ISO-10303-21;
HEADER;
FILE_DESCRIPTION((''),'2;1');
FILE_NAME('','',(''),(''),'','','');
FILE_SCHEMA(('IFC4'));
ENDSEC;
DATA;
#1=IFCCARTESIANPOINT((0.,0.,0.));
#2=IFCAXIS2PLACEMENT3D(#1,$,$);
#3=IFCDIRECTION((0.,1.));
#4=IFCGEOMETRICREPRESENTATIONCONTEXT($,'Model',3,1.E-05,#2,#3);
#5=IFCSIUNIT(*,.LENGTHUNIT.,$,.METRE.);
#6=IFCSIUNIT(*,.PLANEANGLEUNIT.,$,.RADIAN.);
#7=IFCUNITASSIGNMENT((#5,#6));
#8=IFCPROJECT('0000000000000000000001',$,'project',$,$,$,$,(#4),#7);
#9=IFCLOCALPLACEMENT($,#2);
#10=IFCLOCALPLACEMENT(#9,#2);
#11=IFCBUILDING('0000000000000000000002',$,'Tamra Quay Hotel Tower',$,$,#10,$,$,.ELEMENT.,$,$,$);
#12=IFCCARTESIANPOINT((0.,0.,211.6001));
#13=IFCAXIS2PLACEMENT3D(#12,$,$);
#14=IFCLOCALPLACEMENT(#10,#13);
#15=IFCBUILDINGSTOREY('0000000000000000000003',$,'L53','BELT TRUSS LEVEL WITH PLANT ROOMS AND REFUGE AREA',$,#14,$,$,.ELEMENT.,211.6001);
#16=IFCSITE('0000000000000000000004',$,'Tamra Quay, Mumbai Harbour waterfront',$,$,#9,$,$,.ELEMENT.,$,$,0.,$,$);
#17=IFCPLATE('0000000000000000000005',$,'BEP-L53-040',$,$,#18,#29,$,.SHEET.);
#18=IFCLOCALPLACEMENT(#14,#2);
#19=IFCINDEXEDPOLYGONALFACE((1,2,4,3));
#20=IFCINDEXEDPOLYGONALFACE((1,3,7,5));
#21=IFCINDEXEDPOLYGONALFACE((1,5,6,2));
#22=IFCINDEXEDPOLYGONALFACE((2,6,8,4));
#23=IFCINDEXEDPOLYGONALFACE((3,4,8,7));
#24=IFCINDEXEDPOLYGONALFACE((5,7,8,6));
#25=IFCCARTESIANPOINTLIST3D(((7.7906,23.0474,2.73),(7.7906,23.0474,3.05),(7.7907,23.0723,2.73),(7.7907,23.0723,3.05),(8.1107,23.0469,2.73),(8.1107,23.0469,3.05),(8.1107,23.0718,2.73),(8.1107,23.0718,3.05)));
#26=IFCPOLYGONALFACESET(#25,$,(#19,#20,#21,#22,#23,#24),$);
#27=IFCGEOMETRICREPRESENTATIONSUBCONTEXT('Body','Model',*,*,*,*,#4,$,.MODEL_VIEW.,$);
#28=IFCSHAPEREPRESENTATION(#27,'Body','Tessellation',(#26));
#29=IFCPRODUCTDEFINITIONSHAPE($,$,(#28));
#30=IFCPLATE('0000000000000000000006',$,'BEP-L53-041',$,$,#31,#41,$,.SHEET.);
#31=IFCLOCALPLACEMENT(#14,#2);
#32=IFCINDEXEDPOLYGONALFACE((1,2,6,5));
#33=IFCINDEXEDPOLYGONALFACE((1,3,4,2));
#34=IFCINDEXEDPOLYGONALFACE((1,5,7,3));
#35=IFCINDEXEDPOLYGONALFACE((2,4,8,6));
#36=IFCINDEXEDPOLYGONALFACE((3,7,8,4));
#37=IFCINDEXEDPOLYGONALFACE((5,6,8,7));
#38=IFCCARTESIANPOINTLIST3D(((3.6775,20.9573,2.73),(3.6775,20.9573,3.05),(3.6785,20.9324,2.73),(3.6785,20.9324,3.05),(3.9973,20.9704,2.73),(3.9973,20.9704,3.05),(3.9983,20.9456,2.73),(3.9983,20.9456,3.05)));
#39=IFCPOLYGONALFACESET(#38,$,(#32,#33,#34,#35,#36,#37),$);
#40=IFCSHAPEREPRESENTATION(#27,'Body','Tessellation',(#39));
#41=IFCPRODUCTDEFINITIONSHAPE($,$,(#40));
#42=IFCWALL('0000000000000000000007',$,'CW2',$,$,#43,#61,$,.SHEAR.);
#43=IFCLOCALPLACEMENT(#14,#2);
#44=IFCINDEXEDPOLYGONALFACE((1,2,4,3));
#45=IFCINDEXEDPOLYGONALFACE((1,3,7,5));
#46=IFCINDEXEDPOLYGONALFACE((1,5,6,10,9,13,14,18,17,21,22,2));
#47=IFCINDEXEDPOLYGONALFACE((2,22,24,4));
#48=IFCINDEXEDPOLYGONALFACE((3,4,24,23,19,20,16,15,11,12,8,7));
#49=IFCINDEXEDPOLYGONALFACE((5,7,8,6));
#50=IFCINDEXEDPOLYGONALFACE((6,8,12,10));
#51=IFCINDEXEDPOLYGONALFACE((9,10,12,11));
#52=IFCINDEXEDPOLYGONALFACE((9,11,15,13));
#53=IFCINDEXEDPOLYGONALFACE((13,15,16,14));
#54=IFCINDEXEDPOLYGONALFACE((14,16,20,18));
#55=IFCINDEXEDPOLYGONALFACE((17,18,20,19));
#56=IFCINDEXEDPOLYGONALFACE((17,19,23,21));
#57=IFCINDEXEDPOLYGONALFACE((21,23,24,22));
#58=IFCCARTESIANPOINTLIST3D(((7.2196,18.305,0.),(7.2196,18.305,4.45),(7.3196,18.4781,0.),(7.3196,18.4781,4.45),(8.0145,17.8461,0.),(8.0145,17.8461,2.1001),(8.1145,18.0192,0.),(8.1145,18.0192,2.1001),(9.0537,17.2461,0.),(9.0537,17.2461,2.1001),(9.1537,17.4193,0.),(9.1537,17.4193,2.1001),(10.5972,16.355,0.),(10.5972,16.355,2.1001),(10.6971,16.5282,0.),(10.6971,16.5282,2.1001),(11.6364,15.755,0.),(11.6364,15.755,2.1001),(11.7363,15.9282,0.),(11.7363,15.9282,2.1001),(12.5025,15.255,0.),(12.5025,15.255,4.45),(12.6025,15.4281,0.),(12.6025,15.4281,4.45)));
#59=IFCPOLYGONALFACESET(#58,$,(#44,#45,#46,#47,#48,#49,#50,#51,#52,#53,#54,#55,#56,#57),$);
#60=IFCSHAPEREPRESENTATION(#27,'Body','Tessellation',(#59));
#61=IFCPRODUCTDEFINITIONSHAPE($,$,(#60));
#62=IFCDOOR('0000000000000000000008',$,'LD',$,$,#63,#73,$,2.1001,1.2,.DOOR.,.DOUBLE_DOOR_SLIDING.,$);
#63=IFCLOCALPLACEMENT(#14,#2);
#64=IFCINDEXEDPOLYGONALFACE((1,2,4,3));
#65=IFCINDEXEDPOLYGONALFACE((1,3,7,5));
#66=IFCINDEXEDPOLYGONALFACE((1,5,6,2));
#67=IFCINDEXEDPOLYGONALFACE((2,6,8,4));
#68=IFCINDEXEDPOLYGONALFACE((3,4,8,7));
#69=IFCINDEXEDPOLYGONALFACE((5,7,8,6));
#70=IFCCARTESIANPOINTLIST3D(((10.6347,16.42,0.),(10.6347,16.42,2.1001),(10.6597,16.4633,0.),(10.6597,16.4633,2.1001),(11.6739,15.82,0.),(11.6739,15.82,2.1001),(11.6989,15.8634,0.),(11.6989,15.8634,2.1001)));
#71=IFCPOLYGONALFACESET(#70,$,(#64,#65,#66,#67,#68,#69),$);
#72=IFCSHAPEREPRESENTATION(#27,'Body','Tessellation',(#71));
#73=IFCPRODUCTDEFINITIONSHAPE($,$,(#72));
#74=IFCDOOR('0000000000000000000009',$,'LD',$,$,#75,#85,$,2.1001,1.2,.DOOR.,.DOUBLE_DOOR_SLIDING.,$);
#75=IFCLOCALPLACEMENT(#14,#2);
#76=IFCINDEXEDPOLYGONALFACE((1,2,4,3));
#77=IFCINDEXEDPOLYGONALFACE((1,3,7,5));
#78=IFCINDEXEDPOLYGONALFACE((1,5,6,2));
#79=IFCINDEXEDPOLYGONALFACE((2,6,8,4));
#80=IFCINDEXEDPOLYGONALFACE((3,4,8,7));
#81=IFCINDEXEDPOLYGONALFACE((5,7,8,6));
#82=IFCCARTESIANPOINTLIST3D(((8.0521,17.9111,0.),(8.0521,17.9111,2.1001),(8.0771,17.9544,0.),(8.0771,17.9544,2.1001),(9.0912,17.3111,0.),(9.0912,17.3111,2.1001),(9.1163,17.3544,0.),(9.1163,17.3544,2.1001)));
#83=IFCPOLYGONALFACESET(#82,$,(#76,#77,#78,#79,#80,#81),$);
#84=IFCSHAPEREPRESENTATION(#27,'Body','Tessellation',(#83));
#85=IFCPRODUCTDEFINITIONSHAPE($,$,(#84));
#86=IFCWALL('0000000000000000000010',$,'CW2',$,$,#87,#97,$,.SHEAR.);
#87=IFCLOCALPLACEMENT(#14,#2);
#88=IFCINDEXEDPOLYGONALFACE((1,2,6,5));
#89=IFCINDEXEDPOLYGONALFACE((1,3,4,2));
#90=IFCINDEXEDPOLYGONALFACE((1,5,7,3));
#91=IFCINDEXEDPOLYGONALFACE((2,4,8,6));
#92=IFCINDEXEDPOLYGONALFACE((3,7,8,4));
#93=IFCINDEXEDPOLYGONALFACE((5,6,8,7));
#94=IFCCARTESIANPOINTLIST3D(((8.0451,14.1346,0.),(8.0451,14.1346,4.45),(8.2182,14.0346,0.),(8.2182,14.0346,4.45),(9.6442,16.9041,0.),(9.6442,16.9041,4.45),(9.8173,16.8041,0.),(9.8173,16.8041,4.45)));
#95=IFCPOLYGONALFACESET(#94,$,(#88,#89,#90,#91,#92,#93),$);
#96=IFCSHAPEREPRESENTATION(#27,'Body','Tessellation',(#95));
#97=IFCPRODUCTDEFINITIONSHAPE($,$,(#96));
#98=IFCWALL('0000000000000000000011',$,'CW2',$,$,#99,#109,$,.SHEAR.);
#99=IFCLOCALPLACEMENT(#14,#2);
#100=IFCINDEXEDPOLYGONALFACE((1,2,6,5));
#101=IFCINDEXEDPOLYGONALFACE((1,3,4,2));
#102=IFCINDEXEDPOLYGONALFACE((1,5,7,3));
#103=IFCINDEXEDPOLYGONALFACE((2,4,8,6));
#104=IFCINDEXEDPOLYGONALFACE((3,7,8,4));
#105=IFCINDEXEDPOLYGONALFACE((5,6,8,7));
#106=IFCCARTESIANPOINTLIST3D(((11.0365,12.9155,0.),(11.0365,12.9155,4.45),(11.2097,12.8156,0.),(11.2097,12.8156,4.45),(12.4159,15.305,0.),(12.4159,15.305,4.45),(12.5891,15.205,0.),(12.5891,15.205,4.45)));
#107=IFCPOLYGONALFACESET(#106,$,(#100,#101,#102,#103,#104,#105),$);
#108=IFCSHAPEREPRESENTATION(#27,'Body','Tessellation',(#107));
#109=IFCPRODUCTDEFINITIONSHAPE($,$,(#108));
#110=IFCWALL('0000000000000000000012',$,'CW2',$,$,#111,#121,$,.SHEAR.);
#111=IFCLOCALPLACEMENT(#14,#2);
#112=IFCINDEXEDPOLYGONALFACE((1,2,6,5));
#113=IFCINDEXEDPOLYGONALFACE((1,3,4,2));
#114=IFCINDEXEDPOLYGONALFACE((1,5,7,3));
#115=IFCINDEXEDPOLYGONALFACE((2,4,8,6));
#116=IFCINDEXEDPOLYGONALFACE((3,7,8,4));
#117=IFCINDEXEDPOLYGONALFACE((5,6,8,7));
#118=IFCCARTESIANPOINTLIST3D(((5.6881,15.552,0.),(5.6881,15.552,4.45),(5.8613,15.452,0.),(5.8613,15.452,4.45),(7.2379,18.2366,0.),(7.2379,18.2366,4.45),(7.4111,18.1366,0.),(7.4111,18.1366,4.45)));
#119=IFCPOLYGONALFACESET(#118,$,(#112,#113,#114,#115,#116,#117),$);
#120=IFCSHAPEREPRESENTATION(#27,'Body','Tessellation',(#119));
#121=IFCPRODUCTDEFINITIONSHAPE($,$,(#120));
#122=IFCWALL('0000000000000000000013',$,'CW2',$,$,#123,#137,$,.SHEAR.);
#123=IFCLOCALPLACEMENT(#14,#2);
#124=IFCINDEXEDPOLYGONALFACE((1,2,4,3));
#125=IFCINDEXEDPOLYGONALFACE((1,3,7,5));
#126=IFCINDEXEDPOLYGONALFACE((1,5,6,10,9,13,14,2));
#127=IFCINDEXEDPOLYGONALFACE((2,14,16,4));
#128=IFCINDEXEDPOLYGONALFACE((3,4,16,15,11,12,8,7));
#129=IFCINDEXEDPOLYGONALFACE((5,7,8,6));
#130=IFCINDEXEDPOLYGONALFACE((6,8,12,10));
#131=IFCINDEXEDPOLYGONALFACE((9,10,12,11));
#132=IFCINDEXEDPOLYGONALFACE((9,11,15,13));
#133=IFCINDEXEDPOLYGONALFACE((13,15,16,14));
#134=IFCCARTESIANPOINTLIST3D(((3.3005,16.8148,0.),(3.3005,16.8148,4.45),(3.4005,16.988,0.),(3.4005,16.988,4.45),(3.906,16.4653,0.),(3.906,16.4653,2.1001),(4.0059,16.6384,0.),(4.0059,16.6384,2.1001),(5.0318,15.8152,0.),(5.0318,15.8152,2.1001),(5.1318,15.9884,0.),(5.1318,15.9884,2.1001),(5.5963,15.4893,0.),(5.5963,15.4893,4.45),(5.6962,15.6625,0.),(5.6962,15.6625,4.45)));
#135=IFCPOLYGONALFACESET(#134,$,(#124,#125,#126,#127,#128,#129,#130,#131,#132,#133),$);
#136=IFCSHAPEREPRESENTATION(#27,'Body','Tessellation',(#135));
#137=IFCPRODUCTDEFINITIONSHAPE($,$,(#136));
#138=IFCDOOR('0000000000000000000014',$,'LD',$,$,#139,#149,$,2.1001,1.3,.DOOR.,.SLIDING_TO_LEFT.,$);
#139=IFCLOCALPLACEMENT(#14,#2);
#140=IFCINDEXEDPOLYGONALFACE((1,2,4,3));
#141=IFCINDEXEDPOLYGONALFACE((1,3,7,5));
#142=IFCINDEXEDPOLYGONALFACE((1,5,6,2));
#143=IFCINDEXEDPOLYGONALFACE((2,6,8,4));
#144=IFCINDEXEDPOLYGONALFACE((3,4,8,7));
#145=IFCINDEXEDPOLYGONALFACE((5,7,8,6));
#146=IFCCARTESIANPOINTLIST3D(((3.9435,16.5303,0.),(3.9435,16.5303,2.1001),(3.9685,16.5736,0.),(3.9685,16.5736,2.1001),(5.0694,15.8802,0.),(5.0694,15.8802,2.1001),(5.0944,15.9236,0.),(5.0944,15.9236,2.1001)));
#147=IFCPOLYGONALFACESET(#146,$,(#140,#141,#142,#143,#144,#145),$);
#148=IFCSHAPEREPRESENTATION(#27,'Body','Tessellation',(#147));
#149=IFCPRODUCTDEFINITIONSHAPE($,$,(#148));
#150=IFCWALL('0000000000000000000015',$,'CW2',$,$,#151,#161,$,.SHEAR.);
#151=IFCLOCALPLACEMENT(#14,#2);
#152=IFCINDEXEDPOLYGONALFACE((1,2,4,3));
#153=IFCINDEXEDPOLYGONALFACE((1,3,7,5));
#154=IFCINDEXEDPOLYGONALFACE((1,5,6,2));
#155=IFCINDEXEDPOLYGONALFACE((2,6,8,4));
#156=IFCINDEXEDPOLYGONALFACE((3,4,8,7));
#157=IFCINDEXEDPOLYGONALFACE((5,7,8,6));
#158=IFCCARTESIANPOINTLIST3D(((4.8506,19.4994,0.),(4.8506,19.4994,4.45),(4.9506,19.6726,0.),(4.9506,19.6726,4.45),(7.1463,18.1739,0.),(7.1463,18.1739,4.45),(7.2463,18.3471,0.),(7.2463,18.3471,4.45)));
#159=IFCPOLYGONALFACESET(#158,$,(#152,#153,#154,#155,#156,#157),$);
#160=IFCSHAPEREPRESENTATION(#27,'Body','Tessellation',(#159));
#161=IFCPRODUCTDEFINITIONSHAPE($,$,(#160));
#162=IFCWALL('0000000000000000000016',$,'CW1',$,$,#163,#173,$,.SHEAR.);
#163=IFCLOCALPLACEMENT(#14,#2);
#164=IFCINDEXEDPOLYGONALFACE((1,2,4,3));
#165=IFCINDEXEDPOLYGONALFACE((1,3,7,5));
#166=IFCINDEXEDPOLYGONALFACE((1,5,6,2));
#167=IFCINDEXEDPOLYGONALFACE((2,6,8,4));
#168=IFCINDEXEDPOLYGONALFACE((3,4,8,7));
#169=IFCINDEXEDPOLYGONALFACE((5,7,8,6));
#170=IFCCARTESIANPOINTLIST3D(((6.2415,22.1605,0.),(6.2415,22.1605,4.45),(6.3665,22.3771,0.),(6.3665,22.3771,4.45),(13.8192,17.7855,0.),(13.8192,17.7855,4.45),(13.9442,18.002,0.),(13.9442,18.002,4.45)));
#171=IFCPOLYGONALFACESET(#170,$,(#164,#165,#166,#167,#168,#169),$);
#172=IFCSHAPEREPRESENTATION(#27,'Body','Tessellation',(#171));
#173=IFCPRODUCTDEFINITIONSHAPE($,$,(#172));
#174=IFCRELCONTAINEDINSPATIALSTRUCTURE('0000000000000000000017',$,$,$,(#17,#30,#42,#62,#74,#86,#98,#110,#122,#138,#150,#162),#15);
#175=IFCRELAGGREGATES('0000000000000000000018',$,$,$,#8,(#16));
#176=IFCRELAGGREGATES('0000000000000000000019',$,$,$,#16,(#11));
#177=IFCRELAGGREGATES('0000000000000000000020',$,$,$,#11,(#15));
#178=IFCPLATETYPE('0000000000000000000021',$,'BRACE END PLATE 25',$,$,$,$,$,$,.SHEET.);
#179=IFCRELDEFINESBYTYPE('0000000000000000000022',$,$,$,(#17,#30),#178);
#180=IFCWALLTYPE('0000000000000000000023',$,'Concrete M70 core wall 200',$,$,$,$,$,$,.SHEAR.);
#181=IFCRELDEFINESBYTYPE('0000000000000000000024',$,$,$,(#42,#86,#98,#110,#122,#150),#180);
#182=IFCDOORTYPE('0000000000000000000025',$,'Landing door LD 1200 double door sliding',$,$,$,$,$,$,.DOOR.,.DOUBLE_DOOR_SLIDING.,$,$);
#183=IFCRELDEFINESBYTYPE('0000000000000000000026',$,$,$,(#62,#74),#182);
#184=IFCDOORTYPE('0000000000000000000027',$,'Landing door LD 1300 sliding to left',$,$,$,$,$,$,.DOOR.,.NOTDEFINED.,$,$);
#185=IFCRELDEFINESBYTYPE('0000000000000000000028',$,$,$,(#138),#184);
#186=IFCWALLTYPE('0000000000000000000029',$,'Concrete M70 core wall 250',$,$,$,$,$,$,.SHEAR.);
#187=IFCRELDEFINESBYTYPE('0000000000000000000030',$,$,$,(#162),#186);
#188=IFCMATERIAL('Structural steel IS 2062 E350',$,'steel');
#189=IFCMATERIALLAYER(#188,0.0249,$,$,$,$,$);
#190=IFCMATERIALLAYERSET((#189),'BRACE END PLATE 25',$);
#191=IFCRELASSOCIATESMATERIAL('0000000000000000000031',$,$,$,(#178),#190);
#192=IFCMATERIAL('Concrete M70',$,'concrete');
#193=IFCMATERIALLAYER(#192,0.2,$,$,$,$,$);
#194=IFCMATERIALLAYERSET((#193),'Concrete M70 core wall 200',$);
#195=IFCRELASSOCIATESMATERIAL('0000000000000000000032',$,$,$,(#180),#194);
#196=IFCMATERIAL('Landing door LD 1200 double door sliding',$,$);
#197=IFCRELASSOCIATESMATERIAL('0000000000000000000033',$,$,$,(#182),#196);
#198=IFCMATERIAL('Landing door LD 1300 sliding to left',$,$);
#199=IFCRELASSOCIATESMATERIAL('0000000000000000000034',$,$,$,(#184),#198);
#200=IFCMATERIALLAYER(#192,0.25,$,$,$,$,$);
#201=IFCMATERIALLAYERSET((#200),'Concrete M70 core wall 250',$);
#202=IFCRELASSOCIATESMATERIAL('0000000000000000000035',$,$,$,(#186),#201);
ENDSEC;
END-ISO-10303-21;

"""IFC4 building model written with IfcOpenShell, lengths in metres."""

from ifc_helpers import new_model, si_unit, direction, frame, frame_2d, origin, origin_2d, place, context, subcontext, project, spatial, rectangle, extrude, material, layer, layer_set, type_object, element, fill, save


model = new_model("IFC4")

# Units and contexts
model_context = context("Model", 3, precision=1e-05, world=origin(), true_north=direction((0.0, 1.0)))
body_context = subcontext(model_context, "Body", "Model", "MODEL_VIEW")
ifc_project = project(units=[si_unit("LENGTHUNIT", "METRE"), si_unit("PLANEANGLEUNIT", "RADIAN")], contexts=[model_context])

# Site, building, storey
site_placement = place(None, origin())
site = spatial("IfcSite", under=ifc_project, at=site_placement, Name="Tamra Quay, Mumbai Harbour waterfront", CompositionType="ELEMENT", RefElevation=0.0)
building_placement = place(site_placement, origin())
building = spatial("IfcBuilding", under=site, at=building_placement, Name="Tamra Quay Hotel Tower", CompositionType="ELEMENT")
storey_placement = place(building_placement, frame((0.0, 0.0, 211.6001)))
storey = spatial("IfcBuildingStorey", under=building, at=storey_placement, Name="L53", Description="BELT TRUSS LEVEL WITH PLANT ROOMS AND REFUGE AREA", CompositionType="ELEMENT", Elevation=211.6001)

# Shared definitions
ifc_material_1 = material(Name="Structural steel IS 2062 E350", Category="steel")

# Plates
ifc_layer_1 = layer(ifc_material_1, 0.0249)
ifc_layer_set_1 = layer_set([ifc_layer_1], Name="BRACE END PLATE 25")
plate_type = type_object("IfcPlateType", Name="BRACE END PLATE 25", PredefinedType="SHEET", material=ifc_layer_set_1)
for number, where, z_axis, x_axis, name in (
    (1, (7.9507, 23.0596, 2.73), (0.0, 0.0, 1.0), (0.001497, 0.999999, 0.0), "BEP-L53-040"),
    (2, (3.8379, 20.9514, 2.73), (0.0, 0.0, 1.0), (-0.04115, 0.999153, 0.0), "BEP-L53-041"),
):
    element("IfcPlate", number, at=place(storey_placement, frame(where, z_axis=z_axis, x_axis=x_axis)), inside=storey, type_object=plate_type, Name=name, PredefinedType="SHEET", context=body_context, shape_type="SweptSolid", body=[
        extrude(rectangle(XDim=0.0249, YDim=0.3201, at=origin_2d()), origin(), (0.0, 0.0, 1.0), 0.3201),
    ])

# Wall, openings, doors
ifc_material_2 = material(Name="Concrete M70", Category="concrete")
ifc_layer_2 = layer(ifc_material_2, 0.2)
ifc_layer_set_2 = layer_set([ifc_layer_2], Name="Concrete M70 core wall 200")
wall_type_1 = type_object("IfcWallType", Name="Concrete M70 core wall 200", PredefinedType="SHEAR", material=ifc_layer_set_2)
wall_1_placement = place(storey_placement, frame((12.5525, 15.3416, 0.0), z_axis=(0.0, 0.0, 1.0), x_axis=(-0.86603, 0.499992, 0.0)))
wall_1 = element("IfcWall", 3, at=wall_1_placement, inside=storey, type_object=wall_type_1, Name="CW2", PredefinedType="SHEAR", context=body_context, shape_type="SweptSolid", body=[
    extrude(rectangle(XDim=6.1001, YDim=0.2, at=frame_2d((3.05, 0.0))), origin(), (0.0, 0.0, 1.0), 4.45),
])
opening_1_placement = place(wall_1_placement, frame((1.0, 0.0, 0.0)))
opening_1 = element("IfcOpeningElement", 4, at=opening_1_placement, cuts=wall_1, PredefinedType="OPENING", context=body_context, shape_type="SweptSolid", body=[
    extrude(rectangle(XDim=1.2, YDim=2.1001, at=frame_2d((0.6001, 1.05))), frame((0.0, 0.1099, 0.0), z_axis=(0.0, -1.0, 0.0), x_axis=(1.0, 0.0, 0.0)), (0.0, 0.0, 1.0), 0.22),
])
opening_2_placement = place(wall_1_placement, frame((3.9822, 0.0, 0.0)))
opening_2 = element("IfcOpeningElement", 5, at=opening_2_placement, cuts=wall_1, PredefinedType="OPENING", context=body_context, shape_type="SweptSolid", body=[
    extrude(rectangle(XDim=1.2, YDim=2.1001, at=frame_2d((0.6001, 1.05))), frame((0.0, 0.1099, 0.0), z_axis=(0.0, -1.0, 0.0), x_axis=(1.0, 0.0, 0.0)), (0.0, 0.0, 1.0), 0.22),
])
ifc_material_3 = material(Name="Landing door LD 1200 double door sliding")
door_type_1 = type_object("IfcDoorType", Name="Landing door LD 1200 double door sliding", OperationType="DOUBLE_DOOR_SLIDING", PredefinedType="DOOR", material=ifc_material_3)
door_1_placement = place(opening_1_placement, origin())
door_1 = element("IfcDoor", 6, at=door_1_placement, inside=storey, type_object=door_type_1, Name="LD", OperationType="DOUBLE_DOOR_SLIDING", OverallHeight=2.1001, OverallWidth=1.2, PredefinedType="DOOR", context=body_context, shape_type="SweptSolid", body=[
    extrude(rectangle(XDim=1.2, YDim=2.1001, at=frame_2d((0.6001, 1.05))), frame((0.0, 0.0249, 0.0), z_axis=(0.0, -1.0, 0.0), x_axis=(1.0, 0.0, 0.0)), (0.0, 0.0, 1.0), 0.05),
])
fill(opening_1, door_1)
door_2_placement = place(opening_2_placement, origin())
door_2 = element("IfcDoor", 7, at=door_2_placement, inside=storey, type_object=door_type_1, Name="LD", OperationType="DOUBLE_DOOR_SLIDING", OverallHeight=2.1001, OverallWidth=1.2, PredefinedType="DOOR", context=body_context, shape_type="SweptSolid", body=[
    extrude(rectangle(XDim=1.2, YDim=2.1001, at=frame_2d((0.6001, 1.05))), frame((0.0, 0.0249, 0.0), z_axis=(0.0, -1.0, 0.0), x_axis=(1.0, 0.0, 0.0)), (0.0, 0.0, 1.0), 0.05),
])
fill(opening_2, door_2)

# Walls
wall_2_placement = place(storey_placement, frame((8.1316, 14.0845, 0.0), z_axis=(0.0, 0.0, 1.0), x_axis=(0.500031, 0.866008, 0.0)))
element("IfcWall", 8, at=wall_2_placement, inside=storey, type_object=wall_type_1, Name="CW2", PredefinedType="SHEAR", context=body_context, shape_type="SweptSolid", body=[
    extrude(rectangle(XDim=3.198, YDim=0.2, at=frame_2d((1.5991, 0.0))), origin(), (0.0, 0.0, 1.0), 4.45),
])
wall_3_placement = place(storey_placement, frame((12.5024, 15.2549, 0.0), z_axis=(0.0, 0.0, 1.0), x_axis=(-0.499965, -0.866046, 0.0)))
element("IfcWall", 9, at=wall_3_placement, inside=storey, type_object=wall_type_1, Name="CW2", PredefinedType="SHEAR", context=body_context, shape_type="SweptSolid", body=[
    extrude(rectangle(XDim=2.759, YDim=0.2, at=frame_2d((1.3794, 0.0))), origin(), (0.0, 0.0, 1.0), 4.45),
])
wall_4_placement = place(storey_placement, frame((7.3245, 18.1865, 0.0), z_axis=(0.0, 0.0, 1.0), x_axis=(-0.499968, -0.866044, 0.0)))
element("IfcWall", 10, at=wall_4_placement, inside=storey, type_object=wall_type_1, Name="CW2", PredefinedType="SHEAR", context=body_context, shape_type="SweptSolid", body=[
    extrude(rectangle(XDim=3.0999, YDim=0.2, at=frame_2d((1.5498, 0.0))), origin(), (0.0, 0.0, 1.0), 4.45),
])

# Wall, opening, door
wall_5_placement = place(storey_placement, frame((5.6462, 15.5759, 0.0), z_axis=(0.0, 0.0, 1.0), x_axis=(-0.866018, 0.500012, 0.0)))
wall_5 = element("IfcWall", 11, at=wall_5_placement, inside=storey, type_object=wall_type_1, Name="CW2", PredefinedType="SHEAR", context=body_context, shape_type="SweptSolid", body=[
    extrude(rectangle(XDim=2.6509, YDim=0.2, at=frame_2d((1.3254, 0.0))), origin(), (0.0, 0.0, 1.0), 4.45),
])
opening_3_placement = place(wall_5_placement, frame((0.6519, 0.0, 0.0)))
opening_3 = element("IfcOpeningElement", 12, at=opening_3_placement, cuts=wall_5, PredefinedType="OPENING", context=body_context, shape_type="SweptSolid", body=[
    extrude(rectangle(XDim=1.3, YDim=2.1001, at=frame_2d((0.6499, 1.05))), frame((0.0, 0.1099, 0.0), z_axis=(0.0, -1.0, 0.0), x_axis=(1.0, 0.0, 0.0)), (0.0, 0.0, 1.0), 0.22),
])
ifc_material_4 = material(Name="Landing door LD 1300 sliding to left")
door_type_2 = type_object("IfcDoorType", Name="Landing door LD 1300 sliding to left", OperationType="NOTDEFINED", PredefinedType="DOOR", material=ifc_material_4)
door_3_placement = place(opening_3_placement, origin())
door_3 = element("IfcDoor", 13, at=door_3_placement, inside=storey, type_object=door_type_2, Name="LD", OperationType="SLIDING_TO_LEFT", OverallHeight=2.1001, OverallWidth=1.3, PredefinedType="DOOR", context=body_context, shape_type="SweptSolid", body=[
    extrude(rectangle(XDim=1.3, YDim=2.1001, at=frame_2d((0.6499, 1.05))), frame((0.0, 0.0249, 0.0), z_axis=(0.0, -1.0, 0.0), x_axis=(1.0, 0.0, 0.0)), (0.0, 0.0, 1.0), 0.05),
])
fill(opening_3, door_3)

# Walls
wall_6_placement = place(storey_placement, frame((7.1963, 18.2605, 0.0), z_axis=(0.0, 0.0, 1.0), x_axis=(-0.866018, 0.500012, 0.0)))
element("IfcWall", 14, at=wall_6_placement, inside=storey, type_object=wall_type_1, Name="CW2", PredefinedType="SHEAR", context=body_context, shape_type="SweptSolid", body=[
    extrude(rectangle(XDim=2.6509, YDim=0.2, at=frame_2d((1.3254, 0.0))), origin(), (0.0, 0.0, 1.0), 4.45),
])
ifc_layer_3 = layer(ifc_material_2, 0.25)
ifc_layer_set_3 = layer_set([ifc_layer_3], Name="Concrete M70 core wall 250")
wall_type_2 = type_object("IfcWallType", Name="Concrete M70 core wall 250", PredefinedType="SHEAR", material=ifc_layer_set_3)
wall_7_placement = place(storey_placement, frame((6.304, 22.2688, 0.0), z_axis=(0.0, 0.0, 1.0), x_axis=(0.866023, -0.500004, 0.0)))
element("IfcWall", 15, at=wall_7_placement, inside=storey, type_object=wall_type_2, Name="CW1", PredefinedType="SHEAR", context=body_context, shape_type="SweptSolid", body=[
    extrude(rectangle(XDim=8.75, YDim=0.25, at=frame_2d((4.375, 0.0))), origin(), (0.0, 0.0, 1.0), 4.45),
])

save(model, "model.ifc")
